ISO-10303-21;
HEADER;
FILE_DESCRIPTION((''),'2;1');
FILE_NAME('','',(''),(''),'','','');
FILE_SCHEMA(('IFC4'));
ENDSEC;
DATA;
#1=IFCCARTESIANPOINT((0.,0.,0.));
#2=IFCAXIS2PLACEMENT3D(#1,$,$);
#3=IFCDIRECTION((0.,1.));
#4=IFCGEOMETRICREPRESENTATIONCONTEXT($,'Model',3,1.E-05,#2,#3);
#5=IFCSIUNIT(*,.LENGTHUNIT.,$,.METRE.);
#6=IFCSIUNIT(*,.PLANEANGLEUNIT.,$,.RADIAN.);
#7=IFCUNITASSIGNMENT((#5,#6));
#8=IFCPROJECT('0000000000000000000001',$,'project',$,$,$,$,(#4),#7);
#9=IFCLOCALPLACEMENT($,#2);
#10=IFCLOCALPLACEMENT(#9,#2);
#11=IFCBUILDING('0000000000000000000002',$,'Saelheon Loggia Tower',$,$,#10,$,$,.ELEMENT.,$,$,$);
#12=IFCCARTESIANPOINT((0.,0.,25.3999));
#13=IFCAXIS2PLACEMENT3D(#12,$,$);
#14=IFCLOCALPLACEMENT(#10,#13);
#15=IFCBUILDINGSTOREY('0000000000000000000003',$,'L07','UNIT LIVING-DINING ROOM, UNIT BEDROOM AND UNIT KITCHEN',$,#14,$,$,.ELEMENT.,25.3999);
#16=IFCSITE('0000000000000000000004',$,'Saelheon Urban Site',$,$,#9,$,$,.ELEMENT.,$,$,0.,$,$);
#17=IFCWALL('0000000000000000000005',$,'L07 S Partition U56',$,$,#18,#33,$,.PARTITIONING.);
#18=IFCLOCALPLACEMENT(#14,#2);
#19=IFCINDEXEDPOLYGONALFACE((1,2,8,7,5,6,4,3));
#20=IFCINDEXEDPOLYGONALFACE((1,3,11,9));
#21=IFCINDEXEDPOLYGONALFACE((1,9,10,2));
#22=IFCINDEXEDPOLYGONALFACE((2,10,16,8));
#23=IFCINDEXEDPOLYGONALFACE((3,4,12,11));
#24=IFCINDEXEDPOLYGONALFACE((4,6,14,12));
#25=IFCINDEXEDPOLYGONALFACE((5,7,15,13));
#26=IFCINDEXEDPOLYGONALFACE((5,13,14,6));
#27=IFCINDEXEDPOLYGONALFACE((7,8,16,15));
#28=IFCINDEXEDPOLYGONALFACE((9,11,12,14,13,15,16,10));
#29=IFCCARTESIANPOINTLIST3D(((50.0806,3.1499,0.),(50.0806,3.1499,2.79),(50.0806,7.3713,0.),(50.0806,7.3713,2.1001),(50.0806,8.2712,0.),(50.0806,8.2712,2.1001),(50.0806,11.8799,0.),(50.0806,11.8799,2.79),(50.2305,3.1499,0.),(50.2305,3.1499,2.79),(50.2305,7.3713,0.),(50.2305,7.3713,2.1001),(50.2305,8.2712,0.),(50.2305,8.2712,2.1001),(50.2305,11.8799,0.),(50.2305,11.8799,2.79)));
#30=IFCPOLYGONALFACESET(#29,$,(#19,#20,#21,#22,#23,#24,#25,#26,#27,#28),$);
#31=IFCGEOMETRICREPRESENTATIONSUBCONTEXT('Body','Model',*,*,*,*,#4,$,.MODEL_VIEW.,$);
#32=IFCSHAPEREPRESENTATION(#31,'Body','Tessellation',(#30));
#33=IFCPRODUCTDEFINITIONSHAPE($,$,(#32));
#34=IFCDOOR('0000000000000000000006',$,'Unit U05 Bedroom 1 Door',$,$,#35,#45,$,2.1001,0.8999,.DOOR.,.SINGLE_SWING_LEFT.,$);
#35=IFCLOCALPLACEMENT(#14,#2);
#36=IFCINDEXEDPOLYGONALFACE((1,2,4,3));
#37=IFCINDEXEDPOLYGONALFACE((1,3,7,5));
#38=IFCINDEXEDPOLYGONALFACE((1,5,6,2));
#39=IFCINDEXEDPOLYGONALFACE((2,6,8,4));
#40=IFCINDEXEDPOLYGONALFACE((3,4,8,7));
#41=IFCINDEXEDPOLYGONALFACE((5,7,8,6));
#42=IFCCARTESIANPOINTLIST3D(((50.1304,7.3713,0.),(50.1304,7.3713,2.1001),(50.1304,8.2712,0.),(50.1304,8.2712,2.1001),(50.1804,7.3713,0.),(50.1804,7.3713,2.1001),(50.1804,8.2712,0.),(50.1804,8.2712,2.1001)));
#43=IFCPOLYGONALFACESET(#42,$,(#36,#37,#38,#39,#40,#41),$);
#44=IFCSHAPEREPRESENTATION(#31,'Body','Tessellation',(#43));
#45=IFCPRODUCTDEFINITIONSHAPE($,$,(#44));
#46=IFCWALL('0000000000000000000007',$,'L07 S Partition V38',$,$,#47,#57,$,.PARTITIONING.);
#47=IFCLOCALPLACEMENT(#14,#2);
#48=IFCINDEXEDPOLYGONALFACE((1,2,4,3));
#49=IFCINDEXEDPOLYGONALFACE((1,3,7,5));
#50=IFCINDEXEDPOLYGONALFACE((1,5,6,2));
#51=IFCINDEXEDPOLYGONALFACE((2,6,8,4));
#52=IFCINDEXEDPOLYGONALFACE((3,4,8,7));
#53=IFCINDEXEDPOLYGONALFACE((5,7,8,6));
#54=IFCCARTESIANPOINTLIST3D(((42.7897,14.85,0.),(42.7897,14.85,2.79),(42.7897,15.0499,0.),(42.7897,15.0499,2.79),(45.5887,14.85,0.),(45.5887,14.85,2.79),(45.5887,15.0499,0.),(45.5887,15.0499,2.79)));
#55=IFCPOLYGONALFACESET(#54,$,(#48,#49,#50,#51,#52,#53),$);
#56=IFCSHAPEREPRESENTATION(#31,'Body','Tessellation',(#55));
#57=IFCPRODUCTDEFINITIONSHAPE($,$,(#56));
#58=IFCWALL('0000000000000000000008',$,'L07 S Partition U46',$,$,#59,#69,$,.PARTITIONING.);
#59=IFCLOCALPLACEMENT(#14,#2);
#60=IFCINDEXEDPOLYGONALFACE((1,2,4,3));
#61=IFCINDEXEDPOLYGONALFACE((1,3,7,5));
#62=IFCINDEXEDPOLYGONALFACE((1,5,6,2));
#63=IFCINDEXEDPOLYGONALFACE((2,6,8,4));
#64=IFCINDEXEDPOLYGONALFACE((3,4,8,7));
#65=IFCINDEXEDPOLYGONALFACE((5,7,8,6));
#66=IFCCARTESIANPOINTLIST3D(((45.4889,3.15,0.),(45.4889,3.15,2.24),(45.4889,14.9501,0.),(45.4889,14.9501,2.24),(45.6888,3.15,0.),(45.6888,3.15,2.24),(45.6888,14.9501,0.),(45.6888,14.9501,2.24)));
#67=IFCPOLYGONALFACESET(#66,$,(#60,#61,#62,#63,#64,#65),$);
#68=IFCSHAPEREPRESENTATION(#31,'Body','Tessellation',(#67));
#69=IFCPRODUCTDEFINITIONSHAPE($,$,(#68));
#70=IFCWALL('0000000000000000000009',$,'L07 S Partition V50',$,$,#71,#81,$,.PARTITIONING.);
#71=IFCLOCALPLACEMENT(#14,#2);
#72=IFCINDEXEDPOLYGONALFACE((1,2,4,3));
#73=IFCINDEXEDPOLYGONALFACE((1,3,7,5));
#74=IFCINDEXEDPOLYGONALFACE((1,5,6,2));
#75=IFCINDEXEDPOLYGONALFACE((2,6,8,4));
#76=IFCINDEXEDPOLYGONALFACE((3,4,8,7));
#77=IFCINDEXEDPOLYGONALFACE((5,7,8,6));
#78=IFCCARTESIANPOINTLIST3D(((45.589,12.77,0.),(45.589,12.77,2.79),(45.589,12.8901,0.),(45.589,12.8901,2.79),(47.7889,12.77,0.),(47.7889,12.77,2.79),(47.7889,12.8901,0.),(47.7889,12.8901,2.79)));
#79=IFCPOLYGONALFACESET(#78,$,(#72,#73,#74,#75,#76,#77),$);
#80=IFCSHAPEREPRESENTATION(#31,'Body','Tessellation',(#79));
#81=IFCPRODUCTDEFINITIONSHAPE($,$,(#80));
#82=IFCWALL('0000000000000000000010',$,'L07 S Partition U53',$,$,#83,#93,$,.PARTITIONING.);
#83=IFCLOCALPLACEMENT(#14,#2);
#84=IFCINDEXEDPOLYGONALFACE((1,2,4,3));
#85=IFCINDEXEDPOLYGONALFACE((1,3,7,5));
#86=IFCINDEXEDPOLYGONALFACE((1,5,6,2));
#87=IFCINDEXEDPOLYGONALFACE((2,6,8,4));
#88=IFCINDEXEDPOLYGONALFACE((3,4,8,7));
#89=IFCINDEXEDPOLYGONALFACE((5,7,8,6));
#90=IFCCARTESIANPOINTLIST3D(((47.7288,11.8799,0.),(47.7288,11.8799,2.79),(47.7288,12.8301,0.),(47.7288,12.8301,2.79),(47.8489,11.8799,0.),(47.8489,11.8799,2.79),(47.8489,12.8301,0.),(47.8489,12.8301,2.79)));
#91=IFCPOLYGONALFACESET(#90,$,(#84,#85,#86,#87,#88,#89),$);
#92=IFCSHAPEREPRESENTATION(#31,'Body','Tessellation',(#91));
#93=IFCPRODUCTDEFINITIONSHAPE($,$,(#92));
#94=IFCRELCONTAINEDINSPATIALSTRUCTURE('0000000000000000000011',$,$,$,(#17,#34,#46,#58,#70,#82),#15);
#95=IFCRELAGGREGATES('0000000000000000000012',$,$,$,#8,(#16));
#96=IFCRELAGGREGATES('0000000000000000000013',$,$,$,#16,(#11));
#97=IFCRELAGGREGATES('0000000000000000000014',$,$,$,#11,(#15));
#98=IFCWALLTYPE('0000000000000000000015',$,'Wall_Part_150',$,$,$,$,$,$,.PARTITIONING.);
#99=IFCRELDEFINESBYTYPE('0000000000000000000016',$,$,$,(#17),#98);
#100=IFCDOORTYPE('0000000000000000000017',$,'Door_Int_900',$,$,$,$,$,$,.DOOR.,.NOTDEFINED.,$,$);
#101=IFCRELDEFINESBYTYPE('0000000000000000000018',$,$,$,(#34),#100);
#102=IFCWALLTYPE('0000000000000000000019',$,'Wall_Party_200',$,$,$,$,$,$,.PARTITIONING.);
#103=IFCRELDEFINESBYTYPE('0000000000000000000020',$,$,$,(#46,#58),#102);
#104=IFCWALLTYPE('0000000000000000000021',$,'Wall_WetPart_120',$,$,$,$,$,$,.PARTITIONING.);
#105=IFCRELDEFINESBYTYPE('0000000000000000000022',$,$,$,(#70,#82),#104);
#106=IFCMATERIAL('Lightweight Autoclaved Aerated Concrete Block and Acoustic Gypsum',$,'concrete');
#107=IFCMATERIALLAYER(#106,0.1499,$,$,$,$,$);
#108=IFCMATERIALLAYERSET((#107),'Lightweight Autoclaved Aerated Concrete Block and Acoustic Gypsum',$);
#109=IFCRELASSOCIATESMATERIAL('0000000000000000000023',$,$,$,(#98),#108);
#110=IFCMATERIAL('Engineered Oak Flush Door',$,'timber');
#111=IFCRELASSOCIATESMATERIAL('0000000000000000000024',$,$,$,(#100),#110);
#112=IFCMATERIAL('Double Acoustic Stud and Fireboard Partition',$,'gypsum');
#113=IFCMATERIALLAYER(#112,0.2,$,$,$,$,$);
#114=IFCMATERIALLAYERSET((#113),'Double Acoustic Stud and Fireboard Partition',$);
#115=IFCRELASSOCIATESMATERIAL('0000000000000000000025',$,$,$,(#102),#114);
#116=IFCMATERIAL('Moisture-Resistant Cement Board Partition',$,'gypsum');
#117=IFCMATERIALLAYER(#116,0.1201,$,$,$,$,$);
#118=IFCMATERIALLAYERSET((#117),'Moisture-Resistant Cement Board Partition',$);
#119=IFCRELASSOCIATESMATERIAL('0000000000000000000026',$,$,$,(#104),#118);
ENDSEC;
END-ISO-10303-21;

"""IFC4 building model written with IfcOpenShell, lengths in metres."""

from ifc_helpers import new_model, si_unit, direction, frame, frame_2d, origin, place, context, subcontext, project, spatial, rectangle, extrude, source, transform, mapped, material, layer, layer_set, type_object, element, fill, save


model = new_model("IFC4")

# Units and contexts
model_context = context("Model", 3, precision=1e-05, world=origin(), true_north=direction((0.0, 1.0)))
body_context = subcontext(model_context, "Body", "Model", "MODEL_VIEW")
ifc_project = project(units=[si_unit("LENGTHUNIT", "METRE"), si_unit("PLANEANGLEUNIT", "RADIAN")], contexts=[model_context])

# Site, building, storey
site_placement = place(None, origin())
site = spatial("IfcSite", under=ifc_project, at=site_placement, Name="Saelheon Urban Site", CompositionType="ELEMENT", RefElevation=0.0)
building_placement = place(site_placement, origin())
building = spatial("IfcBuilding", under=site, at=building_placement, Name="Saelheon Loggia Tower", CompositionType="ELEMENT")
storey_placement = place(building_placement, frame((0.0, 0.0, 25.3999)))
storey = spatial("IfcBuildingStorey", under=building, at=storey_placement, Name="L07", Description="UNIT LIVING-DINING ROOM, UNIT BEDROOM AND UNIT KITCHEN", CompositionType="ELEMENT", Elevation=25.3999)

# Shared definitions
ifc_material_1 = material(Name="Lightweight Autoclaved Aerated Concrete Block and Acoustic Gypsum", Category="concrete")
ifc_layer_1 = layer(ifc_material_1, 0.1499)
ifc_layer_set_1 = layer_set([ifc_layer_1], Name="Lightweight Autoclaved Aerated Concrete Block and Acoustic Gypsum")
wall_type_1 = type_object("IfcWallType", Name="Wall_Part_150", PredefinedType="PARTITIONING", material=ifc_layer_set_1)
ifc_material_2 = material(Name="Engineered Oak Flush Door", Category="timber")
door_type = type_object("IfcDoorType", Name="Door_Int_900", OperationType="NOTDEFINED", PredefinedType="DOOR", material=ifc_material_2)
shared_shape_1 = source(origin(), body_context, "Body", "SweptSolid", [
    extrude(rectangle(XDim=0.8999, YDim=2.1001, at=frame_2d((0.45, 1.05))), frame((0.0, 0.0249, 0.0), z_axis=(0.0, -1.0, 0.0), x_axis=(1.0, 0.0, 0.0)), (0.0, 0.0, 1.0), 0.05),
])

# Wall, opening, door
wall_1_placement = place(storey_placement, frame((50.1555, 11.8799, 0.0), z_axis=(0.0, 0.0, 1.0), x_axis=(0.0, -1.0, 0.0)))
wall_1 = element("IfcWall", 1, at=wall_1_placement, inside=storey, type_object=wall_type_1, Name="L07 S Partition U56", PredefinedType="PARTITIONING", context=body_context, shape_type="SweptSolid", body=[
    extrude(rectangle(XDim=8.73, YDim=0.1499, at=frame_2d((4.365, 0.0))), origin(), (0.0, 0.0, 1.0), 2.79),
])
opening_1_placement = place(wall_1_placement, frame((3.6086, 0.0, 0.0)))
opening_1 = element("IfcOpeningElement", 2, at=opening_1_placement, cuts=wall_1, PredefinedType="OPENING", context=body_context, shape_type="SweptSolid", body=[
    extrude(rectangle(XDim=0.8999, YDim=2.1001, at=frame_2d((0.45, 1.05))), frame((0.0, 0.0869, 0.0), z_axis=(0.0, -1.0, 0.0), x_axis=(1.0, 0.0, 0.0)), (0.0, 0.0, 1.0), 0.1738),
])
door_1_placement = place(opening_1_placement, origin())
door_1 = element("IfcDoor", 3, at=door_1_placement, inside=storey, type_object=door_type, Name="Unit U05 Bedroom 1 Door", OperationType="SINGLE_SWING_LEFT", OverallHeight=2.1001, OverallWidth=0.8999, PredefinedType="DOOR", context=body_context, shape_type="MappedRepresentation", body=[
    mapped(shared_shape_1, transform((0.0, 0.0, 0.0), scale=1.0)),
])
fill(opening_1, door_1)

# Walls
ifc_material_3 = material(Name="Double Acoustic Stud and Fireboard Partition", Category="gypsum")
ifc_layer_2 = layer(ifc_material_3, 0.2)
ifc_layer_set_2 = layer_set([ifc_layer_2], Name="Double Acoustic Stud and Fireboard Partition")
wall_type_2 = type_object("IfcWallType", Name="Wall_Party_200", PredefinedType="PARTITIONING", material=ifc_layer_set_2)
wall_2_placement = place(storey_placement, frame((42.7898, 14.95, 0.0), z_axis=(0.0, 0.0, 1.0), x_axis=(1.0, 0.0, 0.0)))
element("IfcWall", 4, at=wall_2_placement, inside=storey, type_object=wall_type_2, Name="L07 S Partition V38", PredefinedType="PARTITIONING", context=body_context, shape_type="SweptSolid", body=[
    extrude(rectangle(XDim=2.7991, YDim=0.2, at=frame_2d((1.3994, 0.0))), origin(), (0.0, 0.0, 1.0), 2.79),
])
wall_3_placement = place(storey_placement, frame((45.5889, 14.95, 0.0), z_axis=(0.0, 0.0, 1.0), x_axis=(0.0, -1.0, 0.0)))
element("IfcWall", 5, at=wall_3_placement, inside=storey, type_object=wall_type_2, Name="L07 S Partition U46", PredefinedType="PARTITIONING", context=body_context, shape_type="SweptSolid", body=[
    extrude(rectangle(XDim=11.8, YDim=0.2, at=frame_2d((5.8999, 0.0))), origin(), (0.0, 0.0, 1.0), 2.24),
])
ifc_material_4 = material(Name="Moisture-Resistant Cement Board Partition", Category="gypsum")
ifc_layer_3 = layer(ifc_material_4, 0.1201)
ifc_layer_set_3 = layer_set([ifc_layer_3], Name="Moisture-Resistant Cement Board Partition")
wall_type_3 = type_object("IfcWallType", Name="Wall_WetPart_120", PredefinedType="PARTITIONING", material=ifc_layer_set_3)
wall_4_placement = place(storey_placement, frame((45.5889, 12.8301, 0.0), z_axis=(0.0, 0.0, 1.0), x_axis=(1.0, 0.0, 0.0)))
element("IfcWall", 6, at=wall_4_placement, inside=storey, type_object=wall_type_3, Name="L07 S Partition V50", PredefinedType="PARTITIONING", context=body_context, shape_type="SweptSolid", body=[
    extrude(rectangle(XDim=2.2, YDim=0.1201, at=frame_2d((1.1001, 0.0))), origin(), (0.0, 0.0, 1.0), 2.79),
])
wall_5_placement = place(storey_placement, frame((47.7888, 12.8301, 0.0), z_axis=(0.0, 0.0, 1.0), x_axis=(0.0, -1.0, 0.0)))
element("IfcWall", 7, at=wall_5_placement, inside=storey, type_object=wall_type_3, Name="L07 S Partition U53", PredefinedType="PARTITIONING", context=body_context, shape_type="SweptSolid", body=[
    extrude(rectangle(XDim=0.9502, YDim=0.1201, at=frame_2d((0.4751, 0.0))), origin(), (0.0, 0.0, 1.0), 2.79),
])

save(model, "model.ifc")
